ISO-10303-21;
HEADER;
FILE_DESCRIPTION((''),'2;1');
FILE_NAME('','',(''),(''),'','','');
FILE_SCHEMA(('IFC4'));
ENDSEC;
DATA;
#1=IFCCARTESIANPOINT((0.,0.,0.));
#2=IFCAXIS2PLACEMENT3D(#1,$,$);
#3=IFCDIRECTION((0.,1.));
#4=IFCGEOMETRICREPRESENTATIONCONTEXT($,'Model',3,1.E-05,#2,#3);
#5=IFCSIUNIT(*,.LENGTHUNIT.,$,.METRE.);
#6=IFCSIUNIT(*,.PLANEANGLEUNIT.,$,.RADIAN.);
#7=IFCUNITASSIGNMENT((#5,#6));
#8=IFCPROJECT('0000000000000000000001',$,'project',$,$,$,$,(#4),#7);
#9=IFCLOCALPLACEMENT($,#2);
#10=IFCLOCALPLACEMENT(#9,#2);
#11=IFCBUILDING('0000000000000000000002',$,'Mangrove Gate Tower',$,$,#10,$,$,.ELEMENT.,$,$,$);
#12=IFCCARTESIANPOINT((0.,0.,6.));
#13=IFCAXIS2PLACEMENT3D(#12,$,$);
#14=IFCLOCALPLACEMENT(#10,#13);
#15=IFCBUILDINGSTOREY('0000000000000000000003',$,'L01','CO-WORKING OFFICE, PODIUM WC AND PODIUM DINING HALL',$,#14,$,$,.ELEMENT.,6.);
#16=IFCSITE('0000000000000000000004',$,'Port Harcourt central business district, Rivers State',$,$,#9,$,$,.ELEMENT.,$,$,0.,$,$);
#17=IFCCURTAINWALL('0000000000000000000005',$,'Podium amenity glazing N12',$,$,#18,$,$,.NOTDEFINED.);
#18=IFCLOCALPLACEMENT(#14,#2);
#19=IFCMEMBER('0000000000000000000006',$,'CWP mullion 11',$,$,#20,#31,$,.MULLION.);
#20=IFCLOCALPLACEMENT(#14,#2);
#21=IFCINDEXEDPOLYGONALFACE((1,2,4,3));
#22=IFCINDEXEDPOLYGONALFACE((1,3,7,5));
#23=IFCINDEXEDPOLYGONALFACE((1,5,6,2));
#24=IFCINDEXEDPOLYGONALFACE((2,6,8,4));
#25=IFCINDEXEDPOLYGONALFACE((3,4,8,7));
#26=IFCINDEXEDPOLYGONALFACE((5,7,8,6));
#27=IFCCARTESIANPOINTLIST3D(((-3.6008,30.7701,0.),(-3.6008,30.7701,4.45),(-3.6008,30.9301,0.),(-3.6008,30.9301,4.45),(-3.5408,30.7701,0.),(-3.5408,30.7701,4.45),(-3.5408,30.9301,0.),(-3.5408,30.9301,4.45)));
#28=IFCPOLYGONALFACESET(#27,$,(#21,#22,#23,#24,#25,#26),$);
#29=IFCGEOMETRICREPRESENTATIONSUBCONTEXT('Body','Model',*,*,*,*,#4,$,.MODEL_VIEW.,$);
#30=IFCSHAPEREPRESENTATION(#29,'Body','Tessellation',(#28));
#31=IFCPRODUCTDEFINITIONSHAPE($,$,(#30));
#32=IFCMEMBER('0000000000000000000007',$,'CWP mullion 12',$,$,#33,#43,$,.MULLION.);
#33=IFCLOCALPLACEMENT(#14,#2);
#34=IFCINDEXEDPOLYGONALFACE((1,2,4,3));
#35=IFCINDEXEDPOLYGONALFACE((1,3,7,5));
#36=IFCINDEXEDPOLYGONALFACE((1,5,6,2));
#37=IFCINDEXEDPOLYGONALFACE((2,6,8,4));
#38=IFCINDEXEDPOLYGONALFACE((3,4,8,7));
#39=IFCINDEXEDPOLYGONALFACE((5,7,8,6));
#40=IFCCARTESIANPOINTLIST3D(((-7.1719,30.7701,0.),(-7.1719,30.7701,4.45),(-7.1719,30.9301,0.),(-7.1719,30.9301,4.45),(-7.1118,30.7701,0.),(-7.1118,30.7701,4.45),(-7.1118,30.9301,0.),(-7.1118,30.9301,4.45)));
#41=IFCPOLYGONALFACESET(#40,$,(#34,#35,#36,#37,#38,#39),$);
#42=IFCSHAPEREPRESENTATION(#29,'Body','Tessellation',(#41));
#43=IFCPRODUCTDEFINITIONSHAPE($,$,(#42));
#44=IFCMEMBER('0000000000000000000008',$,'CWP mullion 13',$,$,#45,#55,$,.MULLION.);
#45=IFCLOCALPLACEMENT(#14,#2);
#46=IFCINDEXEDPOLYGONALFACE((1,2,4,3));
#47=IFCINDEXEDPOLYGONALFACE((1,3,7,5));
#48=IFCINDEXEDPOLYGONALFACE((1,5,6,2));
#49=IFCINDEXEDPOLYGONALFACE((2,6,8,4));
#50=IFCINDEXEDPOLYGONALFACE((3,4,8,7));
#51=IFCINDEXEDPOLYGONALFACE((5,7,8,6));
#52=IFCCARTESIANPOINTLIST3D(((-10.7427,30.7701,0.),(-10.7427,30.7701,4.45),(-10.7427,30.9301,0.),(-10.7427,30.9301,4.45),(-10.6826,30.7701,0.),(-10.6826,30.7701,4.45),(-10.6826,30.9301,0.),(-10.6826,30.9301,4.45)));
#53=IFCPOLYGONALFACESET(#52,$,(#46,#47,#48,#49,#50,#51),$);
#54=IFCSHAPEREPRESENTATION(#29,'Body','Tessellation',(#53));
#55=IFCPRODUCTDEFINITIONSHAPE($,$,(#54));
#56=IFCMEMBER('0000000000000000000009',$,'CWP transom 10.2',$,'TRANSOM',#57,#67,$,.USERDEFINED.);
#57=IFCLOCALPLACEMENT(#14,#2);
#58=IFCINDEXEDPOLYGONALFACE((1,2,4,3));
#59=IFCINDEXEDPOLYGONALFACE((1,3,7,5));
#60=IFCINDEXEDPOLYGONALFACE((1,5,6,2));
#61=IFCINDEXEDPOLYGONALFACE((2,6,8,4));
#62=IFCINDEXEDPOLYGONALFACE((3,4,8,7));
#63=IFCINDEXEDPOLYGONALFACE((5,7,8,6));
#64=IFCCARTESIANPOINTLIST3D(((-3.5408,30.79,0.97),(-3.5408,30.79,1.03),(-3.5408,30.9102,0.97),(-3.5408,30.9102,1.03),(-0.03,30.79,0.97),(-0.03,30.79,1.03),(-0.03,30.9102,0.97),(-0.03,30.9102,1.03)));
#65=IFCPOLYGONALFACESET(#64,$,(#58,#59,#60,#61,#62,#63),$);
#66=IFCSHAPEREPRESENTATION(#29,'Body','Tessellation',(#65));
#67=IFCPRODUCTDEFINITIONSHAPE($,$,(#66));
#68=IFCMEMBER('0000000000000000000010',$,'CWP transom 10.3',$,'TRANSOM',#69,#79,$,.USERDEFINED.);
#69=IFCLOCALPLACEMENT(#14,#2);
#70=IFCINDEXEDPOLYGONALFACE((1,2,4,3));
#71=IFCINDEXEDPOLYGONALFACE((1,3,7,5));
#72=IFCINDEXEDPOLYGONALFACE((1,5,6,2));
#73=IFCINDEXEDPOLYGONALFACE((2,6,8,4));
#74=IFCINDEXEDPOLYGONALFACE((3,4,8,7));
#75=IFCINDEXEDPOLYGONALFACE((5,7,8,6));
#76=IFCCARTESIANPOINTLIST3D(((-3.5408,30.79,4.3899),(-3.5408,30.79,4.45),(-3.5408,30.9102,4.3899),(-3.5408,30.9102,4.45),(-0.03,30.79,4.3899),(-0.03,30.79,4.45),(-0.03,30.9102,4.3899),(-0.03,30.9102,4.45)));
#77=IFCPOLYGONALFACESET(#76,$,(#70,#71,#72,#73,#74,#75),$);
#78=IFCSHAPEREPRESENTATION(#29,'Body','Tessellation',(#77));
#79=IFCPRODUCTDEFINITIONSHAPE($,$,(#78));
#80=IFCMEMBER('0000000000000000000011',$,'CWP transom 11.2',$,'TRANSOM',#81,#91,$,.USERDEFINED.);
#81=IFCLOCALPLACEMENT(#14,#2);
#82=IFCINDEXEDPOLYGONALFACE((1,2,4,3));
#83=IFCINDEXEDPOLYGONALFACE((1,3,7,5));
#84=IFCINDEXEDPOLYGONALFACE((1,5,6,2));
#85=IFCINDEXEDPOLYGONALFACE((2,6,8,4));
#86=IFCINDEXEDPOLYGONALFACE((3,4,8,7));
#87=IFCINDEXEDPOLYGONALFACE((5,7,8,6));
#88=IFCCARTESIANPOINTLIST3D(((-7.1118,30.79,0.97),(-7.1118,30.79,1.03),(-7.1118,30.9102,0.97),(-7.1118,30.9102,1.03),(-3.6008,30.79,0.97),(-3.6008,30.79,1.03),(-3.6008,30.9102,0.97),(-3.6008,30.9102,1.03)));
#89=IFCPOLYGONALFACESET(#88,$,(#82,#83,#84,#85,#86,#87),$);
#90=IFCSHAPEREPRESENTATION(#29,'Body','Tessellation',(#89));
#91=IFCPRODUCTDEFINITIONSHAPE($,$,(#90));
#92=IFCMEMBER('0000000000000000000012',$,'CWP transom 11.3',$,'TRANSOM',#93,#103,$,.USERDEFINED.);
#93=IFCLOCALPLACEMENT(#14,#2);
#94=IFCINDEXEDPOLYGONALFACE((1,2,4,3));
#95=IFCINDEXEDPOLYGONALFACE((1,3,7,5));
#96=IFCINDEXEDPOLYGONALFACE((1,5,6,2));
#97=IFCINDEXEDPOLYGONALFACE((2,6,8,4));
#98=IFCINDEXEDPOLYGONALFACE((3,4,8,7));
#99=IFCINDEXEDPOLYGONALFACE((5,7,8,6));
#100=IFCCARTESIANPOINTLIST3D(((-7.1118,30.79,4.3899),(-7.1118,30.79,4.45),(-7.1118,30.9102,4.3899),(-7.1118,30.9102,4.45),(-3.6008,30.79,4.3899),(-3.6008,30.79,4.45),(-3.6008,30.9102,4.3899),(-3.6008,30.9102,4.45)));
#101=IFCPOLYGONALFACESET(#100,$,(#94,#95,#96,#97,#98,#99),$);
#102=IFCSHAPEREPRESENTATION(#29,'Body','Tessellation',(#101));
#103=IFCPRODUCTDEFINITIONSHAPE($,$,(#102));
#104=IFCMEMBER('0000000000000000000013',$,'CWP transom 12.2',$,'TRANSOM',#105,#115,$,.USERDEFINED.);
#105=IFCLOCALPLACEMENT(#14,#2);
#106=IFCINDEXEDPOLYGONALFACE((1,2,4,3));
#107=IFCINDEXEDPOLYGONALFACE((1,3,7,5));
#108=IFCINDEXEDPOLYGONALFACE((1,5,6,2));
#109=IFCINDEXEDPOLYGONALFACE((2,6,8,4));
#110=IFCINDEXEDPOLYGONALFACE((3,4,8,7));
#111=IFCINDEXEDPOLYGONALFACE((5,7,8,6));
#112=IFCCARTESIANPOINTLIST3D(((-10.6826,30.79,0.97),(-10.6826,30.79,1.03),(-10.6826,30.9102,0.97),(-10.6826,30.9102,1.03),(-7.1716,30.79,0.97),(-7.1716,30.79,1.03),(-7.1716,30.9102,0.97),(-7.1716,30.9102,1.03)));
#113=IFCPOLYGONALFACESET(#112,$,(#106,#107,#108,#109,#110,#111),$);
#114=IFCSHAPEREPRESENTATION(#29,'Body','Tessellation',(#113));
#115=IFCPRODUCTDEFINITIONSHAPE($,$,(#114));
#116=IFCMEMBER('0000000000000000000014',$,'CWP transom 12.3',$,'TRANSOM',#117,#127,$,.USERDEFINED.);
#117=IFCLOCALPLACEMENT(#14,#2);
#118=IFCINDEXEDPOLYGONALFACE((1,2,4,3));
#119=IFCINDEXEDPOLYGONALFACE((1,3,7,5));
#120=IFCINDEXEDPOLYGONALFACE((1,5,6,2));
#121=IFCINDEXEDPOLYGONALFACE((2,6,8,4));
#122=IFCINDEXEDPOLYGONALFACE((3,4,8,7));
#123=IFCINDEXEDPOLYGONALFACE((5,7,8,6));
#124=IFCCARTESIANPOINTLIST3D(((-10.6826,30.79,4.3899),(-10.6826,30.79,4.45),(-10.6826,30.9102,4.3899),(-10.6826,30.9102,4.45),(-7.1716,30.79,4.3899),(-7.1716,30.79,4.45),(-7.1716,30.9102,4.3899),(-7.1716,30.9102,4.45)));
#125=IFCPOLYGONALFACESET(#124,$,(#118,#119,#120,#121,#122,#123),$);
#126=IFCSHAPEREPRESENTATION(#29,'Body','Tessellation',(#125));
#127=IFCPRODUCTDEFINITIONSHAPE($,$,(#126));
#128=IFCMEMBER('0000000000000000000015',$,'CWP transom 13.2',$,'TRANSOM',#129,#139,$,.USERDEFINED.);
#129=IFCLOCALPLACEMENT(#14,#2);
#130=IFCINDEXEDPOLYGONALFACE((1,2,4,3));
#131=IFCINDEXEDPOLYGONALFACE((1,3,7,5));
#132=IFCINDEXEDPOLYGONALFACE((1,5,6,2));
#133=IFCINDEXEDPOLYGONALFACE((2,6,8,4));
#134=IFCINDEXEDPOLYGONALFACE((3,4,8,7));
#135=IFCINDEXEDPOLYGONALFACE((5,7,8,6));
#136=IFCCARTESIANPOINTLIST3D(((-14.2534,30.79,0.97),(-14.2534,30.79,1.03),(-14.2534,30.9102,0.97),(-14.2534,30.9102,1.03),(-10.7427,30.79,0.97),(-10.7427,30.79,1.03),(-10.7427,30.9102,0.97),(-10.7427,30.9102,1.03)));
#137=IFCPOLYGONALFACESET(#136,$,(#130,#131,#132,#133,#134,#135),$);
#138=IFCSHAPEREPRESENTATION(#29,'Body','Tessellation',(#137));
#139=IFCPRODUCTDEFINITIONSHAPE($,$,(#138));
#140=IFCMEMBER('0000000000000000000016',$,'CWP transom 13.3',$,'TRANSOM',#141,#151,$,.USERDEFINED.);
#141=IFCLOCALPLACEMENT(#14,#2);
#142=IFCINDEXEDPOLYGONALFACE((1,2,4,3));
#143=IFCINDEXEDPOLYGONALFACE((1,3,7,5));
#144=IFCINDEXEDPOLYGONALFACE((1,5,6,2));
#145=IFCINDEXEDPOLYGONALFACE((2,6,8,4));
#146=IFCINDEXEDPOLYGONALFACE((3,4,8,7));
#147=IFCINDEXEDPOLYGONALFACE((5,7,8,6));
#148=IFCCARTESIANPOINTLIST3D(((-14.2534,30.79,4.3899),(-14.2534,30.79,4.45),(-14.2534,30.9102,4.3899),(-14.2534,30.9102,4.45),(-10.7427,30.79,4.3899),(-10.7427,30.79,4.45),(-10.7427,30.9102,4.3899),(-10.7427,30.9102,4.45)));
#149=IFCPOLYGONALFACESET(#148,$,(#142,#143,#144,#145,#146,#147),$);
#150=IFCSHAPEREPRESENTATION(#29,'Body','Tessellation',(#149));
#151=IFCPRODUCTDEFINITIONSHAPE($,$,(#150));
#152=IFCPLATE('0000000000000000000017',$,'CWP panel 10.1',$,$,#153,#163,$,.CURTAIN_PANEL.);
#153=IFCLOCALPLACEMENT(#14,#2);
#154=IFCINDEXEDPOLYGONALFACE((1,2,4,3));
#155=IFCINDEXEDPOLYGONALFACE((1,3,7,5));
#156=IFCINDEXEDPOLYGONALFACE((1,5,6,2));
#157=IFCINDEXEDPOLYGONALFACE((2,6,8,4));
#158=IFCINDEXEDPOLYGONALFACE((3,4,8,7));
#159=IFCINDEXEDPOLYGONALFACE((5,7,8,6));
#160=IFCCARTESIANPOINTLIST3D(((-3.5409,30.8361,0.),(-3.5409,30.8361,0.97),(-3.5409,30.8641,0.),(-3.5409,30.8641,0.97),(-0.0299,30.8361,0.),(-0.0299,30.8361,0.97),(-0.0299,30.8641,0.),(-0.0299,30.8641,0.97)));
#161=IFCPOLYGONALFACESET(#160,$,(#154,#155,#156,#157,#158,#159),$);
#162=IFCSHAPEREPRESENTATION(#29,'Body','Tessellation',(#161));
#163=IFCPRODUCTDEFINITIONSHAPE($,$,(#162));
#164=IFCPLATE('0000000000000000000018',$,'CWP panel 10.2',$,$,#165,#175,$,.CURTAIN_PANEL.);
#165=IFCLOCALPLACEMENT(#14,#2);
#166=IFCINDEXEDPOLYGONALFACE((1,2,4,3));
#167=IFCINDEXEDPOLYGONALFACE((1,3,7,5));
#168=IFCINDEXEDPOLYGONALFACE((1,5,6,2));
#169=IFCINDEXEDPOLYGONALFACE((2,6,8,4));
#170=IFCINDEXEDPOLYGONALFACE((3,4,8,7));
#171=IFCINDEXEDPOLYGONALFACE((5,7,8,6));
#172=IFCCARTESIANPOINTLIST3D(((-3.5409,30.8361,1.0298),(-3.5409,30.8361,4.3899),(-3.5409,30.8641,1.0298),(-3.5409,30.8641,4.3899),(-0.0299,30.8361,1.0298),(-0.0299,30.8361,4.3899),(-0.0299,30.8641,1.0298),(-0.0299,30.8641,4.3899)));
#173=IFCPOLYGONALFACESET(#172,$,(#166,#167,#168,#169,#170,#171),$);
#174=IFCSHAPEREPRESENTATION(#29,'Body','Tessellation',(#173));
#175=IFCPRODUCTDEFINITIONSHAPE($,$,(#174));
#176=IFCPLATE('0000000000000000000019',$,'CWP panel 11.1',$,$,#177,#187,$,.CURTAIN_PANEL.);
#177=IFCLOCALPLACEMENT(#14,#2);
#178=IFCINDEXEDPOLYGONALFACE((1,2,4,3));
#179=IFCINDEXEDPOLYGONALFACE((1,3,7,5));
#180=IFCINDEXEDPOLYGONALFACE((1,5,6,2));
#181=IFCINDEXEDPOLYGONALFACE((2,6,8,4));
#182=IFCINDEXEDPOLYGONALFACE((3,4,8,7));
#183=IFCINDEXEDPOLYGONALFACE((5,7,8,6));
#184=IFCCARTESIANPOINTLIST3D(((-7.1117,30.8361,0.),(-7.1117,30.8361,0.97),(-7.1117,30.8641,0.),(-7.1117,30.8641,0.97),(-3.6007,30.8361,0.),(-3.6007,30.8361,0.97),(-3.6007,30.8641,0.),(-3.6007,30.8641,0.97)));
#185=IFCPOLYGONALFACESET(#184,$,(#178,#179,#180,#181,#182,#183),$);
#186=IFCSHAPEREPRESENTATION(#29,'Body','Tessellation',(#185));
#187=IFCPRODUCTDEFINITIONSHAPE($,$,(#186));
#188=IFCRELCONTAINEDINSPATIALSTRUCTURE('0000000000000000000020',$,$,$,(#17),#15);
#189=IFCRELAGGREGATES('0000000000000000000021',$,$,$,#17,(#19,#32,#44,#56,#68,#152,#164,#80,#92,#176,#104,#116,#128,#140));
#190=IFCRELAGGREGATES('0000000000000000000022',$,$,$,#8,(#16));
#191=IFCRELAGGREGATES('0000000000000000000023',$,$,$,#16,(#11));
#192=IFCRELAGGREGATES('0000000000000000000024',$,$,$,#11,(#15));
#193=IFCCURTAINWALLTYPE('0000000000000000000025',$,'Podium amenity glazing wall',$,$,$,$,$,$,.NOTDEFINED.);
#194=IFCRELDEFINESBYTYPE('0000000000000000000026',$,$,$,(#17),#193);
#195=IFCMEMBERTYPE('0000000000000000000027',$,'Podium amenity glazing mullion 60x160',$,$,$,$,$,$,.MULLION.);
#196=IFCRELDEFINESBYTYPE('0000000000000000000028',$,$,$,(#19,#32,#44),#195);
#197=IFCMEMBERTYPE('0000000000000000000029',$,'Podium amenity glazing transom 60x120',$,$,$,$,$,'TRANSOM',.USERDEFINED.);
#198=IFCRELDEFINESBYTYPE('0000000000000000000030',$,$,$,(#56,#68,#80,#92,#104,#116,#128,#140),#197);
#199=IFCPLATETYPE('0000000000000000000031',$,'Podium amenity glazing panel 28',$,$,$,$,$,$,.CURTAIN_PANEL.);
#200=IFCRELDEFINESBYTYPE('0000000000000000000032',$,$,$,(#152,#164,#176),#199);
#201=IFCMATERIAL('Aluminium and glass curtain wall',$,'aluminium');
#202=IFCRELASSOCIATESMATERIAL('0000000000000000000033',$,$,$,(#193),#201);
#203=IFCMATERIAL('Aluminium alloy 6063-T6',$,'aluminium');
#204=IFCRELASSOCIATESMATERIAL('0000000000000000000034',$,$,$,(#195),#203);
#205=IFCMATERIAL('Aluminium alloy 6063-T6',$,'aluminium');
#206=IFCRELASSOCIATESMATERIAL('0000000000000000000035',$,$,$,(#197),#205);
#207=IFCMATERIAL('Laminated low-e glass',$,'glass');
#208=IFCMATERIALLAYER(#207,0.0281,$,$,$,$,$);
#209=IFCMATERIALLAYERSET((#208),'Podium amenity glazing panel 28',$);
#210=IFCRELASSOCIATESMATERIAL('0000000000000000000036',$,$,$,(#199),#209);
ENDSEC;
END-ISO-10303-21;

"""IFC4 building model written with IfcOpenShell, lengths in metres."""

from ifc_helpers import new_model, si_unit, direction, frame, origin, origin_2d, place, context, subcontext, project, spatial, rectangle, extrude, material, layer, layer_set, material_profile, profile_set, type_object, element, aggregate, save


model = new_model("IFC4")

# Units and contexts
model_context = context("Model", 3, precision=1e-05, world=origin(), true_north=direction((0.0, 1.0)))
body_context = subcontext(model_context, "Body", "Model", "MODEL_VIEW")
ifc_project = project(units=[si_unit("LENGTHUNIT", "METRE"), si_unit("PLANEANGLEUNIT", "RADIAN")], contexts=[model_context])

# Site, building, storey
site_placement = place(None, origin())
site = spatial("IfcSite", under=ifc_project, at=site_placement, Name="Port Harcourt central business district, Rivers State", CompositionType="ELEMENT", RefElevation=0.0)
building_placement = place(site_placement, origin())
building = spatial("IfcBuilding", under=site, at=building_placement, Name="Mangrove Gate Tower", CompositionType="ELEMENT")
storey_placement = place(building_placement, frame((0.0, 0.0, 6.0)))
storey = spatial("IfcBuildingStorey", under=building, at=storey_placement, Name="L01", Description="CO-WORKING OFFICE, PODIUM WC AND PODIUM DINING HALL", CompositionType="ELEMENT", Elevation=6.0)

# Curtain wall, members, plates
ifc_material_1 = material(Name="Aluminium and glass curtain wall", Category="aluminium")
curtain_wall_type = type_object("IfcCurtainWallType", Name="Podium amenity glazing wall", PredefinedType="NOTDEFINED", material=ifc_material_1)
curtain_wall_placement = place(storey_placement, origin())
curtain_wall = element("IfcCurtainWall", 1, at=curtain_wall_placement, inside=storey, type_object=curtain_wall_type, Name="Podium amenity glazing N12", PredefinedType="NOTDEFINED")
ifc_material_2 = material(Name="Aluminium alloy 6063-T6", Category="aluminium")
ifc_material_profile_1 = material_profile(ifc_material_2, rectangle(XDim=0.0601, YDim=0.1599, at=origin_2d()))
ifc_profile_set_1 = profile_set([ifc_material_profile_1], Name="Aluminium alloy 6063-T6")
member_type_1 = type_object("IfcMemberType", Name="Podium amenity glazing mullion 60x160", PredefinedType="MULLION", material=ifc_profile_set_1)
member_1_placement = place(storey_placement, frame((-3.5708, 30.8501, 0.0), z_axis=(0.0, 0.0, 1.0), x_axis=(-1.0, 0.0, 0.0)))
member_1 = element("IfcMember", 2, at=member_1_placement, type_object=member_type_1, Name="CWP mullion 11", PredefinedType="MULLION", context=body_context, shape_type="SweptSolid", body=[
    extrude(rectangle(XDim=0.0601, YDim=0.1599, at=origin_2d()), origin(), (0.0, 0.0, 1.0), 4.45),
])
member_2_placement = place(storey_placement, frame((-7.1418, 30.8501, 0.0), z_axis=(0.0, 0.0, 1.0), x_axis=(-1.0, 0.0, 0.0)))
member_2 = element("IfcMember", 3, at=member_2_placement, type_object=member_type_1, Name="CWP mullion 12", PredefinedType="MULLION", context=body_context, shape_type="SweptSolid", body=[
    extrude(rectangle(XDim=0.0601, YDim=0.1599, at=origin_2d()), origin(), (0.0, 0.0, 1.0), 4.45),
])
member_3_placement = place(storey_placement, frame((-10.7126, 30.8501, 0.0), z_axis=(0.0, 0.0, 1.0), x_axis=(-1.0, 0.0, 0.0)))
member_3 = element("IfcMember", 4, at=member_3_placement, type_object=member_type_1, Name="CWP mullion 13", PredefinedType="MULLION", context=body_context, shape_type="SweptSolid", body=[
    extrude(rectangle(XDim=0.0601, YDim=0.1599, at=origin_2d()), origin(), (0.0, 0.0, 1.0), 4.45),
])
ifc_material_3 = material(Name="Aluminium alloy 6063-T6", Category="aluminium")
ifc_material_profile_2 = material_profile(ifc_material_3, rectangle(XDim=0.0601, YDim=0.1201, at=origin_2d()))
ifc_profile_set_2 = profile_set([ifc_material_profile_2], Name="Aluminium alloy 6063-T6")
member_type_2 = type_object("IfcMemberType", Name="Podium amenity glazing transom 60x120", ElementType="TRANSOM", PredefinedType="USERDEFINED", material=ifc_profile_set_2)
member_4_placement = place(storey_placement, frame((-0.03, 30.8501, 1.0), z_axis=(-1.0, 0.0, 0.0), x_axis=(0.0, 0.0, 1.0)))
member_4 = element("IfcMember", 5, at=member_4_placement, type_object=member_type_2, Name="CWP transom 10.2", ObjectType="TRANSOM", PredefinedType="USERDEFINED", context=body_context, shape_type="SweptSolid", body=[
    extrude(rectangle(XDim=0.0601, YDim=0.1201, at=origin_2d()), origin(), (0.0, 0.0, 1.0), 3.5107),
])
member_5_placement = place(storey_placement, frame((-0.03, 30.8501, 4.4199), z_axis=(-1.0, 0.0, 0.0), x_axis=(0.0, 0.0, 1.0)))
member_5 = element("IfcMember", 6, at=member_5_placement, type_object=member_type_2, Name="CWP transom 10.3", ObjectType="TRANSOM", PredefinedType="USERDEFINED", context=body_context, shape_type="SweptSolid", body=[
    extrude(rectangle(XDim=0.0601, YDim=0.1201, at=origin_2d()), origin(), (0.0, 0.0, 1.0), 3.5107),
])
member_6_placement = place(storey_placement, frame((-3.6008, 30.8501, 1.0), z_axis=(-1.0, 0.0, 0.0), x_axis=(0.0, 0.0, 1.0)))
member_6 = element("IfcMember", 7, at=member_6_placement, type_object=member_type_2, Name="CWP transom 11.2", ObjectType="TRANSOM", PredefinedType="USERDEFINED", context=body_context, shape_type="SweptSolid", body=[
    extrude(rectangle(XDim=0.0601, YDim=0.1201, at=origin_2d()), origin(), (0.0, 0.0, 1.0), 3.511),
])
member_7_placement = place(storey_placement, frame((-3.6008, 30.8501, 4.4199), z_axis=(-1.0, 0.0, 0.0), x_axis=(0.0, 0.0, 1.0)))
member_7 = element("IfcMember", 8, at=member_7_placement, type_object=member_type_2, Name="CWP transom 11.3", ObjectType="TRANSOM", PredefinedType="USERDEFINED", context=body_context, shape_type="SweptSolid", body=[
    extrude(rectangle(XDim=0.0601, YDim=0.1201, at=origin_2d()), origin(), (0.0, 0.0, 1.0), 3.511),
])
member_8_placement = place(storey_placement, frame((-7.1716, 30.8501, 1.0), z_axis=(-1.0, 0.0, 0.0), x_axis=(0.0, 0.0, 1.0)))
member_8 = element("IfcMember", 9, at=member_8_placement, type_object=member_type_2, Name="CWP transom 12.2", ObjectType="TRANSOM", PredefinedType="USERDEFINED", context=body_context, shape_type="SweptSolid", body=[
    extrude(rectangle(XDim=0.0601, YDim=0.1201, at=origin_2d()), origin(), (0.0, 0.0, 1.0), 3.511),
])
member_9_placement = place(storey_placement, frame((-7.1716, 30.8501, 4.4199), z_axis=(-1.0, 0.0, 0.0), x_axis=(0.0, 0.0, 1.0)))
member_9 = element("IfcMember", 10, at=member_9_placement, type_object=member_type_2, Name="CWP transom 12.3", ObjectType="TRANSOM", PredefinedType="USERDEFINED", context=body_context, shape_type="SweptSolid", body=[
    extrude(rectangle(XDim=0.0601, YDim=0.1201, at=origin_2d()), origin(), (0.0, 0.0, 1.0), 3.511),
])
member_10_placement = place(storey_placement, frame((-10.7427, 30.8501, 1.0), z_axis=(-1.0, 0.0, 0.0), x_axis=(0.0, 0.0, 1.0)))
member_10 = element("IfcMember", 11, at=member_10_placement, type_object=member_type_2, Name="CWP transom 13.2", ObjectType="TRANSOM", PredefinedType="USERDEFINED", context=body_context, shape_type="SweptSolid", body=[
    extrude(rectangle(XDim=0.0601, YDim=0.1201, at=origin_2d()), origin(), (0.0, 0.0, 1.0), 3.5107),
])
member_11_placement = place(storey_placement, frame((-10.7427, 30.8501, 4.4199), z_axis=(-1.0, 0.0, 0.0), x_axis=(0.0, 0.0, 1.0)))
member_11 = element("IfcMember", 12, at=member_11_placement, type_object=member_type_2, Name="CWP transom 13.3", ObjectType="TRANSOM", PredefinedType="USERDEFINED", context=body_context, shape_type="SweptSolid", body=[
    extrude(rectangle(XDim=0.0601, YDim=0.1201, at=origin_2d()), origin(), (0.0, 0.0, 1.0), 3.5107),
])
ifc_material_4 = material(Name="Laminated low-e glass", Category="glass")
ifc_layer = layer(ifc_material_4, 0.0281)
ifc_layer_set = layer_set([ifc_layer], Name="Podium amenity glazing panel 28")
plate_type = type_object("IfcPlateType", Name="Podium amenity glazing panel 28", PredefinedType="CURTAIN_PANEL", material=ifc_layer_set)
plate_1_placement = place(storey_placement, frame((-1.7854, 30.8501, 0.0), z_axis=(0.0, 0.0, 1.0), x_axis=(-1.0, 0.0, 0.0)))
plate_1 = element("IfcPlate", 13, at=plate_1_placement, type_object=plate_type, Name="CWP panel 10.1", PredefinedType="CURTAIN_PANEL", context=body_context, shape_type="SweptSolid", body=[
    extrude(rectangle(XDim=3.511, YDim=0.0281, at=origin_2d()), origin(), (0.0, 0.0, 1.0), 0.97),
])
plate_2_placement = place(storey_placement, frame((-1.7854, 30.8501, 1.0298), z_axis=(0.0, 0.0, 1.0), x_axis=(-1.0, 0.0, 0.0)))
plate_2 = element("IfcPlate", 14, at=plate_2_placement, type_object=plate_type, Name="CWP panel 10.2", PredefinedType="CURTAIN_PANEL", context=body_context, shape_type="SweptSolid", body=[
    extrude(rectangle(XDim=3.511, YDim=0.0281, at=origin_2d()), origin(), (0.0, 0.0, 1.0), 3.3601),
])
plate_3_placement = place(storey_placement, frame((-5.3562, 30.8501, 0.0), z_axis=(0.0, 0.0, 1.0), x_axis=(-1.0, 0.0, 0.0)))
plate_3 = element("IfcPlate", 15, at=plate_3_placement, type_object=plate_type, Name="CWP panel 11.1", PredefinedType="CURTAIN_PANEL", context=body_context, shape_type="SweptSolid", body=[
    extrude(rectangle(XDim=3.511, YDim=0.0281, at=origin_2d()), origin(), (0.0, 0.0, 1.0), 0.97),
])
aggregate(curtain_wall, [member_1, member_2, member_3, member_4, member_5, plate_1, plate_2, member_6, member_7, plate_3, member_8, member_9, member_10, member_11])

save(model, "model.ifc")
